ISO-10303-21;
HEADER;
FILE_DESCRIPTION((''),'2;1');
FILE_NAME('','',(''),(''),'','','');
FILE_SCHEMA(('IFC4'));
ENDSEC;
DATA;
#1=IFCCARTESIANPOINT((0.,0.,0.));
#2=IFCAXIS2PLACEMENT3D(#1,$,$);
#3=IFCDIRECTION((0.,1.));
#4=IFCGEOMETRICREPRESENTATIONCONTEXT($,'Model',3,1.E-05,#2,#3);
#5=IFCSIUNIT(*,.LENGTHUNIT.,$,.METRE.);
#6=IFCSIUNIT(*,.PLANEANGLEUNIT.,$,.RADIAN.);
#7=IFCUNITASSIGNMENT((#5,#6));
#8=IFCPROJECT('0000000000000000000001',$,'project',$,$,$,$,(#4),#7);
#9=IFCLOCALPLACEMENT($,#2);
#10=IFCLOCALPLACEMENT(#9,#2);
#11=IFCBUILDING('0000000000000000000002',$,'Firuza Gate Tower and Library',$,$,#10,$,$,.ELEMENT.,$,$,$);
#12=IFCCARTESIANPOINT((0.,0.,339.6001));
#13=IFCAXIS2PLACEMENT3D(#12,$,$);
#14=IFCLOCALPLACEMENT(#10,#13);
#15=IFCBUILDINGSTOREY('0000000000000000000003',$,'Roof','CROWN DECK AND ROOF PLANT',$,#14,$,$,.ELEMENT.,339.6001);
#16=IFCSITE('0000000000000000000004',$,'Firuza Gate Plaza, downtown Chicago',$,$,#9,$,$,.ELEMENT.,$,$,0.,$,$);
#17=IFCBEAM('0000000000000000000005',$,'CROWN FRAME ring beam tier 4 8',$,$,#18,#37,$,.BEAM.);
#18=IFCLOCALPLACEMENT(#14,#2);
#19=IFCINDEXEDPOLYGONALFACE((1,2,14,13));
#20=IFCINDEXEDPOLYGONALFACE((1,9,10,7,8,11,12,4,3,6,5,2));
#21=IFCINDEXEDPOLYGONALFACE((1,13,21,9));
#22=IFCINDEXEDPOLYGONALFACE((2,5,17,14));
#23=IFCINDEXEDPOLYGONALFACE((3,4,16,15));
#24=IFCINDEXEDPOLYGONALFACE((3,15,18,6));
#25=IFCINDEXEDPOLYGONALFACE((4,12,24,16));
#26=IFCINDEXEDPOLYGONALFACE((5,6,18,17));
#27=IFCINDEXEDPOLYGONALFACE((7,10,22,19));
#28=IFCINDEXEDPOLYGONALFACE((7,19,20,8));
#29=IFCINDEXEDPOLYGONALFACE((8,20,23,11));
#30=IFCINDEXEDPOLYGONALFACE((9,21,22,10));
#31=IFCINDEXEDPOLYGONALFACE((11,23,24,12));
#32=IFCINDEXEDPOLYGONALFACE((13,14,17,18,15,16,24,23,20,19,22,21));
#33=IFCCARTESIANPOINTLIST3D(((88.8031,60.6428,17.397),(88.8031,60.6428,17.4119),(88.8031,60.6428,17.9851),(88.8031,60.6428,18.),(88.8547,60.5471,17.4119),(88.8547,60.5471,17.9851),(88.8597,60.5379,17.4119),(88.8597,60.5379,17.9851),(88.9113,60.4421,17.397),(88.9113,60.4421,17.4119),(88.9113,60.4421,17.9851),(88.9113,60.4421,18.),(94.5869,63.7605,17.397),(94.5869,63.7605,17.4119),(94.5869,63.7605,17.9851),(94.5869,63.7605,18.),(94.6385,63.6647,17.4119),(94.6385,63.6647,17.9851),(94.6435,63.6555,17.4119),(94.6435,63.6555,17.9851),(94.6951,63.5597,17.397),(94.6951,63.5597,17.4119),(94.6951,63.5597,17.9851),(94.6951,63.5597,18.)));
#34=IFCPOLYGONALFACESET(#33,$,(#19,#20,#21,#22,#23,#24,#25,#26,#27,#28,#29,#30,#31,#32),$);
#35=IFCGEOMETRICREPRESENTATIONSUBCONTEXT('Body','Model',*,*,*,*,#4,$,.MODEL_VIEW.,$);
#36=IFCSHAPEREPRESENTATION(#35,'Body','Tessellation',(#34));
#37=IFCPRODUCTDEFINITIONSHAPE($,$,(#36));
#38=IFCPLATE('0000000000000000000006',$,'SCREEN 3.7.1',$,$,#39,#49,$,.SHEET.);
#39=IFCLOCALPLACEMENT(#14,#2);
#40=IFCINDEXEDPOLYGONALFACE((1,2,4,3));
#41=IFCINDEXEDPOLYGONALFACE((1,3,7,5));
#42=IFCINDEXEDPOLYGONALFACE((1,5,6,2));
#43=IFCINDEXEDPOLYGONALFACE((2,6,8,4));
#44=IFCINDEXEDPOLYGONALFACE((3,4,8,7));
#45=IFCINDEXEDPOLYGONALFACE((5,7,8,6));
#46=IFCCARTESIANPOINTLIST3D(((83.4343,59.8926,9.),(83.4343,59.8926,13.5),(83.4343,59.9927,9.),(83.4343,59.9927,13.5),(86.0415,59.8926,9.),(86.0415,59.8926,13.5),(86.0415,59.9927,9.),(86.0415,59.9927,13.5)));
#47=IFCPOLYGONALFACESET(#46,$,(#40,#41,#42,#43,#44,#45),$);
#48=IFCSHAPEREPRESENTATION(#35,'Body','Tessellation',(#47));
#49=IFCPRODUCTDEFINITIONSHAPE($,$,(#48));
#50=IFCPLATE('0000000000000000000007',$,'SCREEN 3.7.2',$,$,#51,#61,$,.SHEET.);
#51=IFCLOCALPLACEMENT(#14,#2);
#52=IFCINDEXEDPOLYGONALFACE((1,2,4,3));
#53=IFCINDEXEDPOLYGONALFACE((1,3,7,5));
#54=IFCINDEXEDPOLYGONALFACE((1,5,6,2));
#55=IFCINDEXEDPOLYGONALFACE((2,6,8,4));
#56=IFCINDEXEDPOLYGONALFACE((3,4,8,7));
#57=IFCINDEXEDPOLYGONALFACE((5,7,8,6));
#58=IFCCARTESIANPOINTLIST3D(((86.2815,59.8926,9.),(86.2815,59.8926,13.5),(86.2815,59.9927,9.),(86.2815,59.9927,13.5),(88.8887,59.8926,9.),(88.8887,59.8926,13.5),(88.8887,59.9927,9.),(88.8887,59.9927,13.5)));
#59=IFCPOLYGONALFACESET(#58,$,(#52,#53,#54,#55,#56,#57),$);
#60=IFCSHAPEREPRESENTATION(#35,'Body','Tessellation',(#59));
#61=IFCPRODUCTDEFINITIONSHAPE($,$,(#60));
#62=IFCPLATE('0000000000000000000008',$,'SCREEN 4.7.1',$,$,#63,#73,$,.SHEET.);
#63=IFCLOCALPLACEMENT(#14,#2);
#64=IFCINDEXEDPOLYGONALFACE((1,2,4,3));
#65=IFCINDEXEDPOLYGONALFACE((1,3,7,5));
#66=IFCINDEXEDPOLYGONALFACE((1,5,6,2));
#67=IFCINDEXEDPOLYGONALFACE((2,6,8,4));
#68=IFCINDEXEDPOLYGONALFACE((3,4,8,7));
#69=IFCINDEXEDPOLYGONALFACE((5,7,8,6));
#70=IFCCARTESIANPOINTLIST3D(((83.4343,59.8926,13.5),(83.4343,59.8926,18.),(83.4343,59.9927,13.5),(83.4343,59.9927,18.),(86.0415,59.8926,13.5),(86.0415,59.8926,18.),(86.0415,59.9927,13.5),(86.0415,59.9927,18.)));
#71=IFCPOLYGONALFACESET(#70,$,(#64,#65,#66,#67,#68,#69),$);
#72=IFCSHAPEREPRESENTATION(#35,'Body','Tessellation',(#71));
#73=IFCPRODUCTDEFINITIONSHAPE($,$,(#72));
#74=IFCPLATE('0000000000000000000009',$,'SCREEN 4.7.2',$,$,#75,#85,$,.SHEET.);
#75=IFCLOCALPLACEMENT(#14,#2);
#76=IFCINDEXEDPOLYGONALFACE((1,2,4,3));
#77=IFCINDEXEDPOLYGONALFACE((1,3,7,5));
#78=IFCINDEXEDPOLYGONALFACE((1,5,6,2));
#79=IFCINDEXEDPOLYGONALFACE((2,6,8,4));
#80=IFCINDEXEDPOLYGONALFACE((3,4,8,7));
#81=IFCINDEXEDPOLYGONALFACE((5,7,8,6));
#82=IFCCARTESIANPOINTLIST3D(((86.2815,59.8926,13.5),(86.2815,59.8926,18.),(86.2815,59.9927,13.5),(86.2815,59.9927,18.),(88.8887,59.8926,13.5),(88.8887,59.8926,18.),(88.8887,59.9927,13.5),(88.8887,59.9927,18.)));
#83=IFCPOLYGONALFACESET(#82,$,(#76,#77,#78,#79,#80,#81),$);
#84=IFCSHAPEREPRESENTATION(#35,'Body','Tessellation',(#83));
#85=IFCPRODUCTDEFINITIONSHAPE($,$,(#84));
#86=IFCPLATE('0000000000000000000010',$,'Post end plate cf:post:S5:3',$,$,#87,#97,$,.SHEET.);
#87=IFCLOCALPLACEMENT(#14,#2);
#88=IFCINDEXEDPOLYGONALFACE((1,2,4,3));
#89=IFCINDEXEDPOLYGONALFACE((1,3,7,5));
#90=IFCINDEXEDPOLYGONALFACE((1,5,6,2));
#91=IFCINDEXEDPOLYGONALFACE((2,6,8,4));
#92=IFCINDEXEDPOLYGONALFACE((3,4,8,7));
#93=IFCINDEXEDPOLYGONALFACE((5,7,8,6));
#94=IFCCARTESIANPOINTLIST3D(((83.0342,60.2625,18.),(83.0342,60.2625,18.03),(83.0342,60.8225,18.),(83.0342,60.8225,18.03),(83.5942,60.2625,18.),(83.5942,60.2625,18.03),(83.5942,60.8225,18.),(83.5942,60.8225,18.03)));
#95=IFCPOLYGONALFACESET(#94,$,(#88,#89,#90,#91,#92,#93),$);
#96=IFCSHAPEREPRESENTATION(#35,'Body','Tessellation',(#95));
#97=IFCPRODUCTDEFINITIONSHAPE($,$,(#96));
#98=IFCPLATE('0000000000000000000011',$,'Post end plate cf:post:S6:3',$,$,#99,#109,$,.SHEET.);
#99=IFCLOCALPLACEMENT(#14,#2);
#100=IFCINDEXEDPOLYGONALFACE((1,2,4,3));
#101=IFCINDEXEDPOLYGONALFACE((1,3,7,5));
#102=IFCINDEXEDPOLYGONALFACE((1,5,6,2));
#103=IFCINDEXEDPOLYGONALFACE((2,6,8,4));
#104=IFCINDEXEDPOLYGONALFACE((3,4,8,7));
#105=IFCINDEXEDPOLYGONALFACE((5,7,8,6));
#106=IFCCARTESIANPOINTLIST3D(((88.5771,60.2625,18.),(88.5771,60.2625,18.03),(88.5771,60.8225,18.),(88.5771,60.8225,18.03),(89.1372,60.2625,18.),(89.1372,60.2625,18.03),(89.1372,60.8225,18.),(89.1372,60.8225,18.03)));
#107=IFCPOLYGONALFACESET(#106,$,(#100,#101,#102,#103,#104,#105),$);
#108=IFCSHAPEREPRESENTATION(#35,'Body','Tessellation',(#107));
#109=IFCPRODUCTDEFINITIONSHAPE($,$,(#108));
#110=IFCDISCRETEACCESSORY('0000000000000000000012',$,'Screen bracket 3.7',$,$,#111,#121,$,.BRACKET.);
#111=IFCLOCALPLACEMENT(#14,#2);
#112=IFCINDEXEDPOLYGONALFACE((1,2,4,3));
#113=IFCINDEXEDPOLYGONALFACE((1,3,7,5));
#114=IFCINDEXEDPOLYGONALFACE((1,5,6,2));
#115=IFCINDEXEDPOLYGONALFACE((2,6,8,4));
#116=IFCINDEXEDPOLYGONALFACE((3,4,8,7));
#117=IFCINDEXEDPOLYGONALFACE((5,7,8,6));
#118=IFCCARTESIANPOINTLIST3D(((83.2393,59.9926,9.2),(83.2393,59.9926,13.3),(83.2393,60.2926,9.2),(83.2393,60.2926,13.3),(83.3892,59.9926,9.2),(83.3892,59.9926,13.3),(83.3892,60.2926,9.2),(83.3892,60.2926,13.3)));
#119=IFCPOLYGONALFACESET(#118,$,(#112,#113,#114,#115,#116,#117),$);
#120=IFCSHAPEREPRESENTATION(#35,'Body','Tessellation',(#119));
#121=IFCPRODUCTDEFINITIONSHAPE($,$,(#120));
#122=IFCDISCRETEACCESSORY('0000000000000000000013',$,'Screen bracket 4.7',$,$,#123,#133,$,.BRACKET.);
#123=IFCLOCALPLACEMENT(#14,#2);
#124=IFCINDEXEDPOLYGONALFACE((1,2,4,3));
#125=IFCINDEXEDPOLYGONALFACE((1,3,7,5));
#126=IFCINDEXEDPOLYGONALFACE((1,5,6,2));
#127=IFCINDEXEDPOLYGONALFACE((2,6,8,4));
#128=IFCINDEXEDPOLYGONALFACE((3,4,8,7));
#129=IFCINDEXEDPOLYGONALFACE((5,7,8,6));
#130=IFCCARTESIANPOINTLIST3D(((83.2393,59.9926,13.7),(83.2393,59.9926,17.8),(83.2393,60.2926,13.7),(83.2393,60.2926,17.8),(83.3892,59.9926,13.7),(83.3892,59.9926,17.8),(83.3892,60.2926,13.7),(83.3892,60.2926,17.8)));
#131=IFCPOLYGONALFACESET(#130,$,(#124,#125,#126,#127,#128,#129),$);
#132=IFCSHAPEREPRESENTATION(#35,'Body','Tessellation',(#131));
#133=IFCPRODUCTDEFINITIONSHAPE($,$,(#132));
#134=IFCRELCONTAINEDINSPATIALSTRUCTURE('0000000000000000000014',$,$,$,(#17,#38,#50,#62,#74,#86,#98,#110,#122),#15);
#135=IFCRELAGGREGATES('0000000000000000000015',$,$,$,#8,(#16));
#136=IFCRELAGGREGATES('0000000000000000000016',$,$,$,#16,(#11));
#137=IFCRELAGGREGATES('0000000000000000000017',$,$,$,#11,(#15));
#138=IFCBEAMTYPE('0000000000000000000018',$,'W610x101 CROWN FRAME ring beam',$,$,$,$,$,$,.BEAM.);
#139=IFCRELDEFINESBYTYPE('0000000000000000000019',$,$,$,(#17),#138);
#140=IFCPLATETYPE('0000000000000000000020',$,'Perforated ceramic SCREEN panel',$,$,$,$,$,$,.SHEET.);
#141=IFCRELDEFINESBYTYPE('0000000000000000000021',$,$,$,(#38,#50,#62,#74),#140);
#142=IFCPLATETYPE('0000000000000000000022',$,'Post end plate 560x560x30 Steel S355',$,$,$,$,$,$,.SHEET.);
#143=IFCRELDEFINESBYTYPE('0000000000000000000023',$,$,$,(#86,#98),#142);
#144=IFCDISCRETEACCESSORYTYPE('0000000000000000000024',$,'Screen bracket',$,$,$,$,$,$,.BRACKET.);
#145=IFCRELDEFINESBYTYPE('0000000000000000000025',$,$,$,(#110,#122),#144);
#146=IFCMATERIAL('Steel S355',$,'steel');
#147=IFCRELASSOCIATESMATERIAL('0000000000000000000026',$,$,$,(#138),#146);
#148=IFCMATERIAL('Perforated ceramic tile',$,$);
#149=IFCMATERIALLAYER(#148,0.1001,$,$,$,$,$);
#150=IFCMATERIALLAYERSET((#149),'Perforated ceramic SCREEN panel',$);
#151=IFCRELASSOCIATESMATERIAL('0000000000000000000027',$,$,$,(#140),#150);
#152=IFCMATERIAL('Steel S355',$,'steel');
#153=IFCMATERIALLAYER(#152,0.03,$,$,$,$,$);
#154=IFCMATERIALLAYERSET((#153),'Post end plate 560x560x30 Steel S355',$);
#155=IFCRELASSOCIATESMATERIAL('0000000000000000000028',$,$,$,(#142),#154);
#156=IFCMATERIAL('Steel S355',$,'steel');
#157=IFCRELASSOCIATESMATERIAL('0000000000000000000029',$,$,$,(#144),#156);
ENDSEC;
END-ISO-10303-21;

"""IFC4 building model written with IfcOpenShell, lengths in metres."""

from ifc_helpers import new_model, si_unit, direction, frame, origin, origin_2d, place, context, subcontext, project, spatial, polyline, rectangle, i_section, outline, extrude, material, layer, layer_set, material_profile, profile_set, type_object, element, save


model = new_model("IFC4")

# Units and contexts
model_context = context("Model", 3, precision=1e-05, world=origin(), true_north=direction((0.0, 1.0)))
body_context = subcontext(model_context, "Body", "Model", "MODEL_VIEW")
ifc_project = project(units=[si_unit("LENGTHUNIT", "METRE"), si_unit("PLANEANGLEUNIT", "RADIAN")], contexts=[model_context])

# Site, building, storey
site_placement = place(None, origin())
site = spatial("IfcSite", under=ifc_project, at=site_placement, Name="Firuza Gate Plaza, downtown Chicago", CompositionType="ELEMENT", RefElevation=0.0)
building_placement = place(site_placement, origin())
building = spatial("IfcBuilding", under=site, at=building_placement, Name="Firuza Gate Tower and Library", CompositionType="ELEMENT")
storey_placement = place(building_placement, frame((0.0, 0.0, 339.6001)))
storey = spatial("IfcBuildingStorey", under=building, at=storey_placement, Name="Roof", Description="CROWN DECK AND ROOF PLANT", CompositionType="ELEMENT", Elevation=339.6001)

# Beam
ifc_material_1 = material(Name="Steel S355", Category="steel")
ifc_material_profile_1 = material_profile(ifc_material_1, i_section(OverallWidth=0.228, OverallDepth=0.603, WebThickness=0.0105, FlangeThickness=0.0149, at=origin_2d()))
ifc_profile_set_1 = profile_set([ifc_material_profile_1], Name="Steel S355")
beam_type = type_object("IfcBeamType", Name="W610x101 CROWN FRAME ring beam", PredefinedType="BEAM", material=ifc_profile_set_1)
beam_1_placement = place(storey_placement, frame((88.8572, 60.5425, 17.6985), z_axis=(0.880265, 0.474483, 0.0), x_axis=(-0.474483, 0.880265, 0.0)))
element("IfcBeam", 1, at=beam_1_placement, inside=storey, type_object=beam_type, Name="CROWN FRAME ring beam tier 4 8", PredefinedType="BEAM", context=body_context, shape_type="SweptSolid", body=[
    extrude(i_section(OverallWidth=0.228, OverallDepth=0.603, WebThickness=0.0105, FlangeThickness=0.0149, at=origin_2d()), origin(), (0.0, 0.0, 1.0), 6.5706),
])

# Plates
ifc_material_2 = material(Name="Perforated ceramic tile")
ifc_layer_1 = layer(ifc_material_2, 0.1001)
ifc_layer_set_1 = layer_set([ifc_layer_1], Name="Perforated ceramic SCREEN panel")
plate_type_1 = type_object("IfcPlateType", Name="Perforated ceramic SCREEN panel", PredefinedType="SHEET", material=ifc_layer_set_1)
for number, where, z_axis, x_axis, name in (
    (2, (83.4343, 59.8926, 9.0), (0.0, -1.0, 0.0), (1.0, 0.0, 0.0), "SCREEN 3.7.1"),
    (3, (86.2815, 59.8926, 9.0), (0.0, -1.0, 0.0), (1.0, 0.0, 0.0), "SCREEN 3.7.2"),
    (4, (83.4343, 59.8926, 13.5), (0.0, -1.0, 0.0), (1.0, 0.0, 0.0), "SCREEN 4.7.1"),
    (5, (86.2815, 59.8926, 13.5), (0.0, -1.0, 0.0), (1.0, 0.0, 0.0), "SCREEN 4.7.2"),
):
    element("IfcPlate", number, at=place(storey_placement, frame(where, z_axis=z_axis, x_axis=x_axis)), inside=storey, type_object=plate_type_1, Name=name, PredefinedType="SHEET", context=body_context, shape_type="SweptSolid", body=[
        extrude(outline(polyline([(0.0, 0.0), (2.6072, 0.0), (2.6072, 4.5), (0.0, 4.5), (0.0, 0.0)])), origin(), (0.0, 0.0, -1.0), 0.1001),
    ])
ifc_material_3 = material(Name="Steel S355", Category="steel")
ifc_layer_2 = layer(ifc_material_3, 0.03)
ifc_layer_set_2 = layer_set([ifc_layer_2], Name="Post end plate 560x560x30 Steel S355")
plate_type_2 = type_object("IfcPlateType", Name="Post end plate 560x560x30 Steel S355", PredefinedType="SHEET", material=ifc_layer_set_2)
for number, where, z_axis, x_axis, name in (
    (6, (83.3142, 60.5425, 18.0), (0.0, 0.0, 1.0), (1.0, 0.0, 0.0), "Post end plate cf:post:S5:3"),
    (7, (88.8572, 60.5425, 18.0), (0.0, 0.0, 1.0), (1.0, 0.0, 0.0), "Post end plate cf:post:S6:3"),
):
    element("IfcPlate", number, at=place(storey_placement, frame(where, z_axis=z_axis, x_axis=x_axis)), inside=storey, type_object=plate_type_2, Name=name, PredefinedType="SHEET", context=body_context, shape_type="SweptSolid", body=[
        extrude(rectangle(XDim=0.5601, YDim=0.5601, at=origin_2d()), origin(), (0.0, 0.0, 1.0), 0.03),
    ])

# Discrete accessories
ifc_material_4 = material(Name="Steel S355", Category="steel")
discrete_accessory_type = type_object("IfcDiscreteAccessoryType", Name="Screen bracket", PredefinedType="BRACKET", material=ifc_material_4)
for number, where, z_axis, x_axis, name in (
    (8, (83.3142, 60.1426, 9.2), (0.0, 0.0, 1.0), (0.0, -1.0, 0.0), "Screen bracket 3.7"),
    (9, (83.3142, 60.1426, 13.7), (0.0, 0.0, 1.0), (0.0, -1.0, 0.0), "Screen bracket 4.7"),
):
    element("IfcDiscreteAccessory", number, at=place(storey_placement, frame(where, z_axis=z_axis, x_axis=x_axis)), inside=storey, type_object=discrete_accessory_type, Name=name, PredefinedType="BRACKET", context=body_context, shape_type="SweptSolid", body=[
        extrude(rectangle(XDim=0.3, YDim=0.1499, at=origin_2d()), origin(), (0.0, 0.0, 1.0), 4.1001),
    ])

save(model, "model.ifc")
